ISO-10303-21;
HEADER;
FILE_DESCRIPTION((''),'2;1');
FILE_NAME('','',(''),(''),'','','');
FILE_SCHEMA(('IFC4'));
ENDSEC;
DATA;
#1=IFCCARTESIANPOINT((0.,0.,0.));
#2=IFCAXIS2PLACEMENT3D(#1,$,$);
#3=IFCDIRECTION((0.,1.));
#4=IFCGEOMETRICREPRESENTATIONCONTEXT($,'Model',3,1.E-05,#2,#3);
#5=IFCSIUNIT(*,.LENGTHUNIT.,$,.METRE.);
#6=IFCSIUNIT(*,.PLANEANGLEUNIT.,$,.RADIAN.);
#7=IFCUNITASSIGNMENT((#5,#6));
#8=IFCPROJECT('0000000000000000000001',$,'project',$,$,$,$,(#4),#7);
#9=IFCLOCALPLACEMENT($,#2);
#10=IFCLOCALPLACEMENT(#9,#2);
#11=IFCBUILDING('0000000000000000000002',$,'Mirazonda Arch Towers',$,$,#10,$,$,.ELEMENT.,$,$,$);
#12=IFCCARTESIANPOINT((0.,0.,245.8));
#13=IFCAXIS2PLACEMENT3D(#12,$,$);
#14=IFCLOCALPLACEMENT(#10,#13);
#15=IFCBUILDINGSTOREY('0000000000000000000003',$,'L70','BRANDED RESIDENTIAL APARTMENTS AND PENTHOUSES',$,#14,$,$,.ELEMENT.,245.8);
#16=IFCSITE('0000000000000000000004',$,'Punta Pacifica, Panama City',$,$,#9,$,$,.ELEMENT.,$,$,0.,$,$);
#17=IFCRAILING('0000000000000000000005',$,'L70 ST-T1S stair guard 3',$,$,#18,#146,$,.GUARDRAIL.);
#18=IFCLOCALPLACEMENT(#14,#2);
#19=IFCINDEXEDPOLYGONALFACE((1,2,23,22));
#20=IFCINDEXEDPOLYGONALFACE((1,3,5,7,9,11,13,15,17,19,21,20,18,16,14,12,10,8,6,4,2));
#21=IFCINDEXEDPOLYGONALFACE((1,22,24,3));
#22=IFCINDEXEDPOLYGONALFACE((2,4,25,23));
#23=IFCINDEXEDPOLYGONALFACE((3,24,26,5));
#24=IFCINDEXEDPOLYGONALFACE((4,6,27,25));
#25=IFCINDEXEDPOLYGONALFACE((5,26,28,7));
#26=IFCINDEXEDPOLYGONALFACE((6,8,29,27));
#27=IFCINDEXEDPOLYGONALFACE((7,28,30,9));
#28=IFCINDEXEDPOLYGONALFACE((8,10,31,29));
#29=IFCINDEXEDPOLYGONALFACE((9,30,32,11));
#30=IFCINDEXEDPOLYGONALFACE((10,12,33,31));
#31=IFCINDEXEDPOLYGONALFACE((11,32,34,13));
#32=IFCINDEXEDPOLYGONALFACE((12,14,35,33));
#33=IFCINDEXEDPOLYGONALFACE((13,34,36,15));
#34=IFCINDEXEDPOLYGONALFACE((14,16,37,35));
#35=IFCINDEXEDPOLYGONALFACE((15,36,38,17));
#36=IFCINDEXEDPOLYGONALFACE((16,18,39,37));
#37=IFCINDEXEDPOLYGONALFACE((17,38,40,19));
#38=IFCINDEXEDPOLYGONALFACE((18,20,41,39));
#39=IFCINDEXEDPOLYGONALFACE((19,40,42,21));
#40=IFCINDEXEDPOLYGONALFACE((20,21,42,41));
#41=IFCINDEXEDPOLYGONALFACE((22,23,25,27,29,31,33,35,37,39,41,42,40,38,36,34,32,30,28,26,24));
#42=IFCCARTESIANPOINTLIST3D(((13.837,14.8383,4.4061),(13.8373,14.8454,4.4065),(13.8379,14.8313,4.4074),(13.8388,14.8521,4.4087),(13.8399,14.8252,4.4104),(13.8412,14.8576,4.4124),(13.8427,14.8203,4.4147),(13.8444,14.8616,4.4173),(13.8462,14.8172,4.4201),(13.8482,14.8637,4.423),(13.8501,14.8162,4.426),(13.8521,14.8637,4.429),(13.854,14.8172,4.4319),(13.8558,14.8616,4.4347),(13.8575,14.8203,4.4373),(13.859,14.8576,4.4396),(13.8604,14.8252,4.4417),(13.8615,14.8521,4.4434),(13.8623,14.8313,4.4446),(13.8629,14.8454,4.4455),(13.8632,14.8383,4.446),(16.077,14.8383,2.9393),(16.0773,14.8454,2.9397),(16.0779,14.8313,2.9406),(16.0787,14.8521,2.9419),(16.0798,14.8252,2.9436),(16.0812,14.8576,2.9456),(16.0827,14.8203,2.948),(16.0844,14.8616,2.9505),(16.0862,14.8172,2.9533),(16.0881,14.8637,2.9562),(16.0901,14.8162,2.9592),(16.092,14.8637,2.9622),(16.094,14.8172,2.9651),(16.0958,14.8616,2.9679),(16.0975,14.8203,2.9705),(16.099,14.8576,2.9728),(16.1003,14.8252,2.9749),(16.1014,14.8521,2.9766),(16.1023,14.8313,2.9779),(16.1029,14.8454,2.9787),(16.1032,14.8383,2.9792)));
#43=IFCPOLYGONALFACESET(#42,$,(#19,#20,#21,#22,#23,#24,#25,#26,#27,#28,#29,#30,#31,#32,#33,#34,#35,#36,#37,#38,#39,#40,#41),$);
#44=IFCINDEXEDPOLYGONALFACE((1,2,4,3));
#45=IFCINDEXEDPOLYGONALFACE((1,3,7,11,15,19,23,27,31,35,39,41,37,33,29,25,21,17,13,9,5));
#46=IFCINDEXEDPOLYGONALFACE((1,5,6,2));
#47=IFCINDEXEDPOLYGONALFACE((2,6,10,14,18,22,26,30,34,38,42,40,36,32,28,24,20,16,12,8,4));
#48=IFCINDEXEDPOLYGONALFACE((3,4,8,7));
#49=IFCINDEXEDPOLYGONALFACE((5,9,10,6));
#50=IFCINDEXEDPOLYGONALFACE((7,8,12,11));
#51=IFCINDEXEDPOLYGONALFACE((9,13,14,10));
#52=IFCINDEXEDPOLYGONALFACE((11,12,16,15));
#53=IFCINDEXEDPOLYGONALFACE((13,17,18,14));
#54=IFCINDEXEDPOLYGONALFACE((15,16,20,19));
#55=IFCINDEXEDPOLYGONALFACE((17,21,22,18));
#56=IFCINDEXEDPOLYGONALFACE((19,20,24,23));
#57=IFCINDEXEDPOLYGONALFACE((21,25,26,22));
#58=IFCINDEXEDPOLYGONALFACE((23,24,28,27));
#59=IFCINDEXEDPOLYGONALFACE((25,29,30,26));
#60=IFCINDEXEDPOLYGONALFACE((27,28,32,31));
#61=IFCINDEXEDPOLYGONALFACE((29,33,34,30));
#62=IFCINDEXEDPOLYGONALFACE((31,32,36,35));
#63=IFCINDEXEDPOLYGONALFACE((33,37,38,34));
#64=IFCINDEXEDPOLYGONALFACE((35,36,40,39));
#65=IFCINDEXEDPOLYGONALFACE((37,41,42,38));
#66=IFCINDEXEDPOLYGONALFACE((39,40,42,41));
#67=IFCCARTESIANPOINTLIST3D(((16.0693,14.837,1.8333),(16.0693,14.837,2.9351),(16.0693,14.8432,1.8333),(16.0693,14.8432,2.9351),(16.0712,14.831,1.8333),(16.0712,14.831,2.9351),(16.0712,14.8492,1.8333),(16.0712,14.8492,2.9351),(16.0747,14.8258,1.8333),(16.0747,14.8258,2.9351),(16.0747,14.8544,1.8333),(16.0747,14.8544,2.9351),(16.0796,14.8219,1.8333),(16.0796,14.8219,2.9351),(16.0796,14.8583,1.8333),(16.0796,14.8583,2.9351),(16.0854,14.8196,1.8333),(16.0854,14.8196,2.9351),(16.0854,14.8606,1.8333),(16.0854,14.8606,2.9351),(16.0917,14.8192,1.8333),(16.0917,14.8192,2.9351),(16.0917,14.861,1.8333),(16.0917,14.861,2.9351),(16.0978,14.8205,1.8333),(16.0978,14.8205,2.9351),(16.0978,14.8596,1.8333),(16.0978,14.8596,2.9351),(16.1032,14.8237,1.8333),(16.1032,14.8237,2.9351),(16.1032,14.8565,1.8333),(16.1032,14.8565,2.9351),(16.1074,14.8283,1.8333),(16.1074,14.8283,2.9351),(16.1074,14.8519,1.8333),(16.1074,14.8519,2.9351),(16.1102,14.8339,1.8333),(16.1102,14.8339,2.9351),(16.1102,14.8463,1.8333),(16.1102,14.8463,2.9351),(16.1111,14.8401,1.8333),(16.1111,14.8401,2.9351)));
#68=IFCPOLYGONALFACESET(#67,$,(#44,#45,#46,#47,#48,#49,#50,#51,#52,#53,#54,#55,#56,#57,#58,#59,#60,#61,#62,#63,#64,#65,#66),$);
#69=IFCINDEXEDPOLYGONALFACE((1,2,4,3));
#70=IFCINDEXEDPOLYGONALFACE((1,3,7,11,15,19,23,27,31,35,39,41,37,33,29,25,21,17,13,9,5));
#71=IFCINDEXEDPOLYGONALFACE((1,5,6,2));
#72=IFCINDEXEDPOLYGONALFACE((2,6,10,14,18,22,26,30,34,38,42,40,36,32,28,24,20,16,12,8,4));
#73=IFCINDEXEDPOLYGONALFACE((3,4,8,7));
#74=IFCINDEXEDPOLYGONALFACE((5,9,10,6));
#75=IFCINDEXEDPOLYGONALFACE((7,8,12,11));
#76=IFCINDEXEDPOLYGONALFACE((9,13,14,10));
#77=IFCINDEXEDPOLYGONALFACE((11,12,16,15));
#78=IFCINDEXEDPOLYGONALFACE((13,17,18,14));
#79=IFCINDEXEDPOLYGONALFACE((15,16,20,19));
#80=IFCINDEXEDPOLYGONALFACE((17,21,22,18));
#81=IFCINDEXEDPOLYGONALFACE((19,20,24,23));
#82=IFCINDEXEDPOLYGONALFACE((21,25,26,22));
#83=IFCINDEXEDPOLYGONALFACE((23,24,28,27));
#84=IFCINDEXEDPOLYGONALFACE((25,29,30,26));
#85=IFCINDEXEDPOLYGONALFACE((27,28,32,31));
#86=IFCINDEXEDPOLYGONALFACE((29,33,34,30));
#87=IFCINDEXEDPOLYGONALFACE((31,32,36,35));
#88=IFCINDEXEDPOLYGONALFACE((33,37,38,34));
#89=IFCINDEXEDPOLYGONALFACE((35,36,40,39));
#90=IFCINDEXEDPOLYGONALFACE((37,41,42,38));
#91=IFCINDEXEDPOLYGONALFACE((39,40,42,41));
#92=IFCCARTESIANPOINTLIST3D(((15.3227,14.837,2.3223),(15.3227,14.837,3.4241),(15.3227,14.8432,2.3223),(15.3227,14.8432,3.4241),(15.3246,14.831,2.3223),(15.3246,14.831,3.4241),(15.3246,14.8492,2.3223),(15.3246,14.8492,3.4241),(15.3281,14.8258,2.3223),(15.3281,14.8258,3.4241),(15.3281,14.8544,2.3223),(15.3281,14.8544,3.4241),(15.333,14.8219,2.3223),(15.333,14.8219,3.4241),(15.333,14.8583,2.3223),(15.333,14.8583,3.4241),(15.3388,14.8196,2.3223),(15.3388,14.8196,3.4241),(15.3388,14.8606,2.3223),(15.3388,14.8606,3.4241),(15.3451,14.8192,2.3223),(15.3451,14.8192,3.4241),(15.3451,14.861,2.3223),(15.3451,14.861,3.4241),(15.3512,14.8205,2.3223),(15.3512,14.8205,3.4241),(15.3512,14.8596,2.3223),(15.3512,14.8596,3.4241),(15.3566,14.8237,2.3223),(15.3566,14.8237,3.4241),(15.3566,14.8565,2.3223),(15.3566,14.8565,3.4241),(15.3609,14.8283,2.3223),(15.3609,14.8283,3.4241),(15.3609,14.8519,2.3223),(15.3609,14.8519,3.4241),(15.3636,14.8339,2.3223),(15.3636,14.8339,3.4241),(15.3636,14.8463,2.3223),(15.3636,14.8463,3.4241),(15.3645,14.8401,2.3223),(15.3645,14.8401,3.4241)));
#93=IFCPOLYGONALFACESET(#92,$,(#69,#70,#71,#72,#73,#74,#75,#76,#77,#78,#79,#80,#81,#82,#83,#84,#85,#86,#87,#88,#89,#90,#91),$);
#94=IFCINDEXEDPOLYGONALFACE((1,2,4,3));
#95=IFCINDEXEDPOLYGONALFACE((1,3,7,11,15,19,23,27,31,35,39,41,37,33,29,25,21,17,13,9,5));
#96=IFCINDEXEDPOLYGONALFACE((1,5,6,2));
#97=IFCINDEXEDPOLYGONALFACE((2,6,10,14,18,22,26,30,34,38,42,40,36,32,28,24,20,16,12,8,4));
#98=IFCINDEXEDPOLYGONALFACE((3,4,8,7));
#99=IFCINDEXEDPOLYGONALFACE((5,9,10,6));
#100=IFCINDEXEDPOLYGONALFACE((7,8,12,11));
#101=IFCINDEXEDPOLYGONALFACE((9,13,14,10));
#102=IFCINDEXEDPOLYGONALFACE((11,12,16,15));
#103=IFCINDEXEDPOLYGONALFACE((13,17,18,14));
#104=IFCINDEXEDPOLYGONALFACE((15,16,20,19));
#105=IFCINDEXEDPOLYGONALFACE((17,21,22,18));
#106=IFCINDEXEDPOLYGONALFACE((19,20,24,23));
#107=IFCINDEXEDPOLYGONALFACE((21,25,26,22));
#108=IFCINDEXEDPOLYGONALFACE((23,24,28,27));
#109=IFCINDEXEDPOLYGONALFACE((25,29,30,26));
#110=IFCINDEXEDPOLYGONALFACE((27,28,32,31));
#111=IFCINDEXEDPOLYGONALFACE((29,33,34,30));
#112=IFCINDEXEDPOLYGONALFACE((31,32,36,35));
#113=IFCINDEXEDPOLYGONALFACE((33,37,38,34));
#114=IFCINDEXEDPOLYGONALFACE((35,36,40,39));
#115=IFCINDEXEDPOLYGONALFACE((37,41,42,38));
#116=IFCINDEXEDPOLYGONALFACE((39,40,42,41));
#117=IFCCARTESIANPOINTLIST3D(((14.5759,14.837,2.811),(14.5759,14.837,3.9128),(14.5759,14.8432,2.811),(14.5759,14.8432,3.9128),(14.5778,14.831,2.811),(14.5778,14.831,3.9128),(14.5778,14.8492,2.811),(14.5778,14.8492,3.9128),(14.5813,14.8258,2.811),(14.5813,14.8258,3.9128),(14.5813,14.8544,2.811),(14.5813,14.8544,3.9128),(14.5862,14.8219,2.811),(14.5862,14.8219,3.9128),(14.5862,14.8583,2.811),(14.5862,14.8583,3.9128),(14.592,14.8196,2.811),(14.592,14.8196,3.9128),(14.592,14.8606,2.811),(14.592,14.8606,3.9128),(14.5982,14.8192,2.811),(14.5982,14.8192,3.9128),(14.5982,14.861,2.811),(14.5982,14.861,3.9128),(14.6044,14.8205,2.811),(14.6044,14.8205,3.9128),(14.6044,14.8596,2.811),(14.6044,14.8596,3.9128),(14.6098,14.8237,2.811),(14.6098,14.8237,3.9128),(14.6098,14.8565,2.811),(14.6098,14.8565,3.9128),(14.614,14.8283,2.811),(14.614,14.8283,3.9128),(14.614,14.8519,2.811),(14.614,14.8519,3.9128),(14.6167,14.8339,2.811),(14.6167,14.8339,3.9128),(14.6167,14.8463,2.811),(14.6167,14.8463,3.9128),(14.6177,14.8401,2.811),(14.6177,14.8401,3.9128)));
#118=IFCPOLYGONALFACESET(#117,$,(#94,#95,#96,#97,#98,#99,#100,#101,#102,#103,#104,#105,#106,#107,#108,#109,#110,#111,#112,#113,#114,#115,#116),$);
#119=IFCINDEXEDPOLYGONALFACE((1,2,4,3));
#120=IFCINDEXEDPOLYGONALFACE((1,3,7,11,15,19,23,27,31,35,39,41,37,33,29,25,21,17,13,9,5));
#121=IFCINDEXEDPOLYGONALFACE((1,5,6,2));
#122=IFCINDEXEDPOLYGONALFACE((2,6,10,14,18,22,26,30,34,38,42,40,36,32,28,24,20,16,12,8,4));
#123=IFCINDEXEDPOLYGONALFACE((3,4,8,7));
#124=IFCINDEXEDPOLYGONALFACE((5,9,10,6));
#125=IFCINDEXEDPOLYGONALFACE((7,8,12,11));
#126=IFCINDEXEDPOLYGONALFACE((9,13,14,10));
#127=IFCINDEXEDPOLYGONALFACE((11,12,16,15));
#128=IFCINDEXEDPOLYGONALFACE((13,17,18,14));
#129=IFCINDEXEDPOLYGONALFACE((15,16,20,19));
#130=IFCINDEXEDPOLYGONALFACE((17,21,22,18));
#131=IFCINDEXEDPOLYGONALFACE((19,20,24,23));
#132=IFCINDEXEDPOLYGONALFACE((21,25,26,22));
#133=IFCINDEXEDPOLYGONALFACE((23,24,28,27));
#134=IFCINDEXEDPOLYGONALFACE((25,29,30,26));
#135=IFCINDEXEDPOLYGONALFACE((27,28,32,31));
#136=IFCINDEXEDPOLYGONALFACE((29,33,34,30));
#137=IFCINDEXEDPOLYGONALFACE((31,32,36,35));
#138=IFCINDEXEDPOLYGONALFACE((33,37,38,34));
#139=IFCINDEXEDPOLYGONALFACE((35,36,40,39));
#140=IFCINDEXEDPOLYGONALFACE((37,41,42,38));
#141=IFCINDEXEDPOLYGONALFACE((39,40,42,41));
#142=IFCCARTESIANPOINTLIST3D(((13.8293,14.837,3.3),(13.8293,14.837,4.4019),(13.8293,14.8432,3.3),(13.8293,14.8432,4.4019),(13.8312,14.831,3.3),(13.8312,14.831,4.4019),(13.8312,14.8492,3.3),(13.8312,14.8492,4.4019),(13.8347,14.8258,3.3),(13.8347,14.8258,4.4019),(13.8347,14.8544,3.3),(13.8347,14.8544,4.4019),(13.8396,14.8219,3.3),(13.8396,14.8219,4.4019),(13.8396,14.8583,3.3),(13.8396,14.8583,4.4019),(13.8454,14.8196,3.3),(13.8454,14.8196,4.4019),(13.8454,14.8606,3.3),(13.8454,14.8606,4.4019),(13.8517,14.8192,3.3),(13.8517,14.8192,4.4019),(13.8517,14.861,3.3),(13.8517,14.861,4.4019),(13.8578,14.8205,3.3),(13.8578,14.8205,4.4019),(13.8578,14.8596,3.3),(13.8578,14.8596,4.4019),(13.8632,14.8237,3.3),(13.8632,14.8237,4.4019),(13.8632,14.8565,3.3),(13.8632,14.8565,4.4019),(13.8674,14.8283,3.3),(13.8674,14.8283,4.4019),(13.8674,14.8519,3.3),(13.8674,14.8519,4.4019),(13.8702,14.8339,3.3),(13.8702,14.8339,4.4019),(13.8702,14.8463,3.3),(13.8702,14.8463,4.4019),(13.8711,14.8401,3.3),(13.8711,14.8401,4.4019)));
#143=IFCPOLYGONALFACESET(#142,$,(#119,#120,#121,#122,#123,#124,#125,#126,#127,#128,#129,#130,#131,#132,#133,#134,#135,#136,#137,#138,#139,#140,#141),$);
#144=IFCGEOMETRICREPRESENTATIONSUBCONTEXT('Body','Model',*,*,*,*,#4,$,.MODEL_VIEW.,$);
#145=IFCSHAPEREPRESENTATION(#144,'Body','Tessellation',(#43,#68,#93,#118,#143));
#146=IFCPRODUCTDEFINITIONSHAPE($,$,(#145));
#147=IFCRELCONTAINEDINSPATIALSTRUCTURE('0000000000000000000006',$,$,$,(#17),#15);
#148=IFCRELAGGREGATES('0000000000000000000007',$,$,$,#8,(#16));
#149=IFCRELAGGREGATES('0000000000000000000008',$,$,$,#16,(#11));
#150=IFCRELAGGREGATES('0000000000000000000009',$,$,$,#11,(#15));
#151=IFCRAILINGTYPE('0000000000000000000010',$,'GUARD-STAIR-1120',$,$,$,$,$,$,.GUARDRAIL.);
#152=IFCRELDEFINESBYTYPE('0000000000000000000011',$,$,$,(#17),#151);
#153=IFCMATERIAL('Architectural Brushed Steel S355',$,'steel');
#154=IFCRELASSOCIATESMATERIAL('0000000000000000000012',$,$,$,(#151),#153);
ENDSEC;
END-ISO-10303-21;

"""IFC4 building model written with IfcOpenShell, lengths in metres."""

from ifc_helpers import new_model, si_unit, direction, frame, origin, origin_2d, place, context, subcontext, project, spatial, circle, extrude, material, type_object, element, save


model = new_model("IFC4")

# Units and contexts
model_context = context("Model", 3, precision=1e-05, world=origin(), true_north=direction((0.0, 1.0)))
body_context = subcontext(model_context, "Body", "Model", "MODEL_VIEW")
ifc_project = project(units=[si_unit("LENGTHUNIT", "METRE"), si_unit("PLANEANGLEUNIT", "RADIAN")], contexts=[model_context])

# Site, building, storey
site_placement = place(None, origin())
site = spatial("IfcSite", under=ifc_project, at=site_placement, Name="Punta Pacifica, Panama City", CompositionType="ELEMENT", RefElevation=0.0)
building_placement = place(site_placement, origin())
building = spatial("IfcBuilding", under=site, at=building_placement, Name="Mirazonda Arch Towers", CompositionType="ELEMENT")
storey_placement = place(building_placement, frame((0.0, 0.0, 245.8)))
storey = spatial("IfcBuildingStorey", under=building, at=storey_placement, Name="L70", Description="BRANDED RESIDENTIAL APARTMENTS AND PENTHOUSES", CompositionType="ELEMENT", Elevation=245.8)

# Railing
ifc_material_1 = material(Name="Architectural Brushed Steel S355", Category="steel")
railing_type_1 = type_object("IfcRailingType", Name="GUARD-STAIR-1120", PredefinedType="GUARDRAIL", material=ifc_material_1)
railing_1_placement = place(storey_placement, frame((16.0901, 14.8401, 1.8333)))
element("IfcRailing", 1, at=railing_1_placement, inside=storey, type_object=railing_type_1, Name="L70 ST-T1S stair guard 3", PredefinedType="GUARDRAIL", context=body_context, shape_type="SweptSolid", body=[
    extrude(circle(Radius=0.0239, at=origin_2d()), frame((0.0, 0.0, 1.126), z_axis=(-0.836595, 0.0, 0.547822), x_axis=(0.0, -1.0, 0.0)), (0.0, 0.0, 1.0), 2.6775),
    extrude(circle(Radius=0.021, at=origin_2d()), origin(), (0.0, 0.0, 1.0), 1.1018),
    extrude(circle(Radius=0.021, at=origin_2d()), frame((-0.7466, 0.0, 0.489)), (0.0, 0.0, 1.0), 1.1018),
    extrude(circle(Radius=0.021, at=origin_2d()), frame((-1.4934, 0.0, 0.9778)), (0.0, 0.0, 1.0), 1.1018),
    extrude(circle(Radius=0.021, at=origin_2d()), frame((-2.24, 0.0, 1.4668)), (0.0, 0.0, 1.0), 1.1018),
])

save(model, "model.ifc")
